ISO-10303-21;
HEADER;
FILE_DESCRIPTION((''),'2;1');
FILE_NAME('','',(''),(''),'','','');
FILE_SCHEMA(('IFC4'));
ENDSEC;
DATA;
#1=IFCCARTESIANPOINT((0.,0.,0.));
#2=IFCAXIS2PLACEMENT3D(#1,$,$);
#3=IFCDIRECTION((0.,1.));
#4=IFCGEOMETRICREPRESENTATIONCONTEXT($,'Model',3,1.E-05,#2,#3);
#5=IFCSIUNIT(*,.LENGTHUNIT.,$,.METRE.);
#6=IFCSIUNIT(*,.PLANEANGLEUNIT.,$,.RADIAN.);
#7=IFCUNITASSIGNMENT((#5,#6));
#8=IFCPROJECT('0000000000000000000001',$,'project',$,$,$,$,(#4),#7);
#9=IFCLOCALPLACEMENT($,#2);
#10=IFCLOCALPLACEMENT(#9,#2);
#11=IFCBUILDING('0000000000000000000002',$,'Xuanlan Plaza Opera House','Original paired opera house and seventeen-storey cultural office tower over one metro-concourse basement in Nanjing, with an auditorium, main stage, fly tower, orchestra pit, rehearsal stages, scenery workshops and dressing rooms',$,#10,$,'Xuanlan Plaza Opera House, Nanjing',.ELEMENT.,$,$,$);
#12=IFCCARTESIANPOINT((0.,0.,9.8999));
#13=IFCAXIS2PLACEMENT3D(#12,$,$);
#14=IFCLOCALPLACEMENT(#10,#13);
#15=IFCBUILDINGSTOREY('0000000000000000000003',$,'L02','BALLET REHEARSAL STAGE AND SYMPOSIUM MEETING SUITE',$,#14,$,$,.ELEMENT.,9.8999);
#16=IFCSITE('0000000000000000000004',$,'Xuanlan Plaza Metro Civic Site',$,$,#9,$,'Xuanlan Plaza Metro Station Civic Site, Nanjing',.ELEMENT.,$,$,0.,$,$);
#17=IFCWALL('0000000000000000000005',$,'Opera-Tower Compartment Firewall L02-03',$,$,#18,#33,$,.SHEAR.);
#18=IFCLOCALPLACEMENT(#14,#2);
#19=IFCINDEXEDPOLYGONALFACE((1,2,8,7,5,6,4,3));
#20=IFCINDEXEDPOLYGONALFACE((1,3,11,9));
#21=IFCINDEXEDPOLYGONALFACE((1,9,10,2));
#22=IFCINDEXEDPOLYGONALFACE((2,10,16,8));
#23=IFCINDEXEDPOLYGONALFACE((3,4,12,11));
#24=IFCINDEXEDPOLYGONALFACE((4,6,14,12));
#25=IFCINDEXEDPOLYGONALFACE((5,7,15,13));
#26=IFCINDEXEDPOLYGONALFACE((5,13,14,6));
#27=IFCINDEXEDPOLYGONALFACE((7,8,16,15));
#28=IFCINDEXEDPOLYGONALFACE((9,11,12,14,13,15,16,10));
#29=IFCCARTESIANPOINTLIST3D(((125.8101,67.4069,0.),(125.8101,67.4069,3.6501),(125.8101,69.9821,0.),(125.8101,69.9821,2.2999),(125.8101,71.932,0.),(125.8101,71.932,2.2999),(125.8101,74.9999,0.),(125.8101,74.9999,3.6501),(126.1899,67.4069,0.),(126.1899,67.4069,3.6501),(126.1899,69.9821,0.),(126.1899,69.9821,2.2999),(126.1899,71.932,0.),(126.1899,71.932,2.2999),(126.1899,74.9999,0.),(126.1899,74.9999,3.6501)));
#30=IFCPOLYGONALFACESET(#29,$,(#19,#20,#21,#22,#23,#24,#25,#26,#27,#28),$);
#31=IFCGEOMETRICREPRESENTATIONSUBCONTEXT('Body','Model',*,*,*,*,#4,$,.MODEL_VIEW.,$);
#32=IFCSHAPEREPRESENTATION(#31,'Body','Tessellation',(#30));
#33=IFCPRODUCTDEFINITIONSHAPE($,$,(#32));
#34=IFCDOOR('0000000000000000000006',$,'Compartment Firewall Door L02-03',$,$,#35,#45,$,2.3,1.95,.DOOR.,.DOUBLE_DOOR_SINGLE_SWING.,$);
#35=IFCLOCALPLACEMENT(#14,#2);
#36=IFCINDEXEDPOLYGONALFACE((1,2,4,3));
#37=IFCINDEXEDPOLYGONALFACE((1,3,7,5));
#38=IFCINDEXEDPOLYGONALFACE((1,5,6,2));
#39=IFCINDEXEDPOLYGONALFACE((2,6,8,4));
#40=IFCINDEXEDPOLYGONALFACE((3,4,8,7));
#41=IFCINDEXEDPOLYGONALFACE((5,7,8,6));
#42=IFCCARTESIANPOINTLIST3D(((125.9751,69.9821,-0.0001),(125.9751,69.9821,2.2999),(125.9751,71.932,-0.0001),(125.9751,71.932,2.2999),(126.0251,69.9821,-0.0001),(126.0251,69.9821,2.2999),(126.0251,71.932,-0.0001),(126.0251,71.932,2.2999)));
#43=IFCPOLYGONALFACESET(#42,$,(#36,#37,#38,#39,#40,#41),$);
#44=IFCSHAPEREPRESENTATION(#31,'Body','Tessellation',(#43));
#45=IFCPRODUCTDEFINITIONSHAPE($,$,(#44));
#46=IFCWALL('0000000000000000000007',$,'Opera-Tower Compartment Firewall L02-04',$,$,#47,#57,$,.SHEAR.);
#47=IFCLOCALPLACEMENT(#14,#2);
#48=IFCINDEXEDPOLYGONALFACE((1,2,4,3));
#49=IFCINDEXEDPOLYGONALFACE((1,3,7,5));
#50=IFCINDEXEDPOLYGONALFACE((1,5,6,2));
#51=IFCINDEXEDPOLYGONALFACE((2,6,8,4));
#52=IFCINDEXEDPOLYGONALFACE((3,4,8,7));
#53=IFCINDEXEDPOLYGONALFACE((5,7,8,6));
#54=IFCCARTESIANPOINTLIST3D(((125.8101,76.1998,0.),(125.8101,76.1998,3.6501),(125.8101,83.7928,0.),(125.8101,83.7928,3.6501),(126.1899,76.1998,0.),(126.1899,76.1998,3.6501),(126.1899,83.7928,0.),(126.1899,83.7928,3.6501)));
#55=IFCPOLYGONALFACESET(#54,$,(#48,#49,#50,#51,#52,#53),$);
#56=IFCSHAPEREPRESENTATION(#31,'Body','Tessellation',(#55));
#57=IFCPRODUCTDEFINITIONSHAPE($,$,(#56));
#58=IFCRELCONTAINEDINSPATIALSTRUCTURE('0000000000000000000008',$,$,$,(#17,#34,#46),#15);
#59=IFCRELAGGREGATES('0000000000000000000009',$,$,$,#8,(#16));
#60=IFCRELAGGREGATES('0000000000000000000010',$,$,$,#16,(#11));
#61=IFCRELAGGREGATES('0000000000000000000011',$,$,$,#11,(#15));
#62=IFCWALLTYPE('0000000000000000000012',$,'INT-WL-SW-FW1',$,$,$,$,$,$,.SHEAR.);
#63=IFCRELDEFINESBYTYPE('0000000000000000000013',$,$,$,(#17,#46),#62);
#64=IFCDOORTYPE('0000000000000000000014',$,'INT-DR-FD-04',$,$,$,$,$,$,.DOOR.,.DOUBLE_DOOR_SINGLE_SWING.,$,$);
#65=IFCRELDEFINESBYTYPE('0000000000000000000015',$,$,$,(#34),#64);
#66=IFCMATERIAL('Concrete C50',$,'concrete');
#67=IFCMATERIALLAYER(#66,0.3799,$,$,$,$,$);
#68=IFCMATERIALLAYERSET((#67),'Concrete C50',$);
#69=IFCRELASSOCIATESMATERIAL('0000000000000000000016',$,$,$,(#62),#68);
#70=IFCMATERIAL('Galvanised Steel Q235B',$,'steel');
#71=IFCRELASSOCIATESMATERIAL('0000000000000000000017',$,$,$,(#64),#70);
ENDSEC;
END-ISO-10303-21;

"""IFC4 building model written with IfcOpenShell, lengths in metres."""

from ifc_helpers import new_model, si_unit, direction, frame, frame_2d, origin, place, context, subcontext, project, spatial, rectangle, extrude, material, layer, layer_set, type_object, element, fill, save


model = new_model("IFC4")

# Units and contexts
model_context = context("Model", 3, precision=1e-05, world=origin(), true_north=direction((0.0, 1.0)))
body_context = subcontext(model_context, "Body", "Model", "MODEL_VIEW")
ifc_project = project(units=[si_unit("LENGTHUNIT", "METRE"), si_unit("PLANEANGLEUNIT", "RADIAN")], contexts=[model_context])

# Site, building, storey
site_placement = place(None, origin())
site = spatial("IfcSite", under=ifc_project, at=site_placement, Name="Xuanlan Plaza Metro Civic Site", LongName="Xuanlan Plaza Metro Station Civic Site, Nanjing", CompositionType="ELEMENT", RefElevation=0.0)
building_placement = place(site_placement, origin())
building = spatial("IfcBuilding", under=site, at=building_placement, Name="Xuanlan Plaza Opera House", Description="Original paired opera house and seventeen-storey cultural office tower over one metro-concourse basement in Nanjing, with an auditorium, main stage, fly tower, orchestra pit, rehearsal stages, scenery workshops and dressing rooms", LongName="Xuanlan Plaza Opera House, Nanjing", CompositionType="ELEMENT")
storey_placement = place(building_placement, frame((0.0, 0.0, 9.8999)))
storey = spatial("IfcBuildingStorey", under=building, at=storey_placement, Name="L02", Description="BALLET REHEARSAL STAGE AND SYMPOSIUM MEETING SUITE", CompositionType="ELEMENT", Elevation=9.8999)

# Wall, opening, door
ifc_material_1 = material(Name="Concrete C50", Category="concrete")
ifc_layer_1 = layer(ifc_material_1, 0.3799)
ifc_layer_set_1 = layer_set([ifc_layer_1], Name="Concrete C50")
wall_type_1 = type_object("IfcWallType", Name="INT-WL-SW-FW1", PredefinedType="SHEAR", material=ifc_layer_set_1)
wall_1_placement = place(storey_placement, frame((126.0, 67.407, 0.0), z_axis=(0.0, 0.0, 1.0), x_axis=(0.0, 1.0, 0.0)))
wall_1 = element("IfcWall", 1, at=wall_1_placement, inside=storey, type_object=wall_type_1, Name="Opera-Tower Compartment Firewall L02-03", PredefinedType="SHEAR", context=body_context, shape_type="SweptSolid", body=[
    extrude(rectangle(XDim=7.593, YDim=0.3799, at=frame_2d((3.7964, 0.0))), origin(), (0.0, 0.0, 1.0), 3.6501),
])
opening_1_placement = place(wall_1_placement, frame((2.575, 0.0, 0.0)))
opening_1 = element("IfcOpeningElement", 2, at=opening_1_placement, cuts=wall_1, PredefinedType="OPENING", context=body_context, shape_type="SweptSolid", body=[
    extrude(rectangle(XDim=1.95, YDim=2.3, at=frame_2d((0.9751, 1.1499))), frame((0.0, 0.2, 0.0), z_axis=(0.0, -1.0, 0.0), x_axis=(1.0, 0.0, 0.0)), (0.0, 0.0, 1.0), 0.3999),
])
ifc_material_2 = material(Name="Galvanised Steel Q235B", Category="steel")
door_type_1 = type_object("IfcDoorType", Name="INT-DR-FD-04", OperationType="DOUBLE_DOOR_SINGLE_SWING", PredefinedType="DOOR", material=ifc_material_2)
door_1_placement = place(opening_1_placement, origin())
door_1 = element("IfcDoor", 3, at=door_1_placement, inside=storey, type_object=door_type_1, Name="Compartment Firewall Door L02-03", OperationType="DOUBLE_DOOR_SINGLE_SWING", OverallHeight=2.3, OverallWidth=1.95, PredefinedType="DOOR", context=body_context, shape_type="SweptSolid", body=[
    extrude(rectangle(XDim=1.95, YDim=2.3, at=frame_2d((0.9751, 1.1499))), frame((0.0, 0.0249, 0.0), z_axis=(0.0, -1.0, 0.0), x_axis=(1.0, 0.0, 0.0)), (0.0, 0.0, 1.0), 0.05),
])
fill(opening_1, door_1)

# Wall
wall_2_placement = place(storey_placement, frame((126.0, 76.2, 0.0), z_axis=(0.0, 0.0, 1.0), x_axis=(0.0, 1.0, 0.0)))
element("IfcWall", 4, at=wall_2_placement, inside=storey, type_object=wall_type_1, Name="Opera-Tower Compartment Firewall L02-04", PredefinedType="SHEAR", context=body_context, shape_type="SweptSolid", body=[
    extrude(rectangle(XDim=7.593, YDim=0.3799, at=frame_2d((3.7964, 0.0))), origin(), (0.0, 0.0, 1.0), 3.6501),
])

save(model, "model.ifc")
